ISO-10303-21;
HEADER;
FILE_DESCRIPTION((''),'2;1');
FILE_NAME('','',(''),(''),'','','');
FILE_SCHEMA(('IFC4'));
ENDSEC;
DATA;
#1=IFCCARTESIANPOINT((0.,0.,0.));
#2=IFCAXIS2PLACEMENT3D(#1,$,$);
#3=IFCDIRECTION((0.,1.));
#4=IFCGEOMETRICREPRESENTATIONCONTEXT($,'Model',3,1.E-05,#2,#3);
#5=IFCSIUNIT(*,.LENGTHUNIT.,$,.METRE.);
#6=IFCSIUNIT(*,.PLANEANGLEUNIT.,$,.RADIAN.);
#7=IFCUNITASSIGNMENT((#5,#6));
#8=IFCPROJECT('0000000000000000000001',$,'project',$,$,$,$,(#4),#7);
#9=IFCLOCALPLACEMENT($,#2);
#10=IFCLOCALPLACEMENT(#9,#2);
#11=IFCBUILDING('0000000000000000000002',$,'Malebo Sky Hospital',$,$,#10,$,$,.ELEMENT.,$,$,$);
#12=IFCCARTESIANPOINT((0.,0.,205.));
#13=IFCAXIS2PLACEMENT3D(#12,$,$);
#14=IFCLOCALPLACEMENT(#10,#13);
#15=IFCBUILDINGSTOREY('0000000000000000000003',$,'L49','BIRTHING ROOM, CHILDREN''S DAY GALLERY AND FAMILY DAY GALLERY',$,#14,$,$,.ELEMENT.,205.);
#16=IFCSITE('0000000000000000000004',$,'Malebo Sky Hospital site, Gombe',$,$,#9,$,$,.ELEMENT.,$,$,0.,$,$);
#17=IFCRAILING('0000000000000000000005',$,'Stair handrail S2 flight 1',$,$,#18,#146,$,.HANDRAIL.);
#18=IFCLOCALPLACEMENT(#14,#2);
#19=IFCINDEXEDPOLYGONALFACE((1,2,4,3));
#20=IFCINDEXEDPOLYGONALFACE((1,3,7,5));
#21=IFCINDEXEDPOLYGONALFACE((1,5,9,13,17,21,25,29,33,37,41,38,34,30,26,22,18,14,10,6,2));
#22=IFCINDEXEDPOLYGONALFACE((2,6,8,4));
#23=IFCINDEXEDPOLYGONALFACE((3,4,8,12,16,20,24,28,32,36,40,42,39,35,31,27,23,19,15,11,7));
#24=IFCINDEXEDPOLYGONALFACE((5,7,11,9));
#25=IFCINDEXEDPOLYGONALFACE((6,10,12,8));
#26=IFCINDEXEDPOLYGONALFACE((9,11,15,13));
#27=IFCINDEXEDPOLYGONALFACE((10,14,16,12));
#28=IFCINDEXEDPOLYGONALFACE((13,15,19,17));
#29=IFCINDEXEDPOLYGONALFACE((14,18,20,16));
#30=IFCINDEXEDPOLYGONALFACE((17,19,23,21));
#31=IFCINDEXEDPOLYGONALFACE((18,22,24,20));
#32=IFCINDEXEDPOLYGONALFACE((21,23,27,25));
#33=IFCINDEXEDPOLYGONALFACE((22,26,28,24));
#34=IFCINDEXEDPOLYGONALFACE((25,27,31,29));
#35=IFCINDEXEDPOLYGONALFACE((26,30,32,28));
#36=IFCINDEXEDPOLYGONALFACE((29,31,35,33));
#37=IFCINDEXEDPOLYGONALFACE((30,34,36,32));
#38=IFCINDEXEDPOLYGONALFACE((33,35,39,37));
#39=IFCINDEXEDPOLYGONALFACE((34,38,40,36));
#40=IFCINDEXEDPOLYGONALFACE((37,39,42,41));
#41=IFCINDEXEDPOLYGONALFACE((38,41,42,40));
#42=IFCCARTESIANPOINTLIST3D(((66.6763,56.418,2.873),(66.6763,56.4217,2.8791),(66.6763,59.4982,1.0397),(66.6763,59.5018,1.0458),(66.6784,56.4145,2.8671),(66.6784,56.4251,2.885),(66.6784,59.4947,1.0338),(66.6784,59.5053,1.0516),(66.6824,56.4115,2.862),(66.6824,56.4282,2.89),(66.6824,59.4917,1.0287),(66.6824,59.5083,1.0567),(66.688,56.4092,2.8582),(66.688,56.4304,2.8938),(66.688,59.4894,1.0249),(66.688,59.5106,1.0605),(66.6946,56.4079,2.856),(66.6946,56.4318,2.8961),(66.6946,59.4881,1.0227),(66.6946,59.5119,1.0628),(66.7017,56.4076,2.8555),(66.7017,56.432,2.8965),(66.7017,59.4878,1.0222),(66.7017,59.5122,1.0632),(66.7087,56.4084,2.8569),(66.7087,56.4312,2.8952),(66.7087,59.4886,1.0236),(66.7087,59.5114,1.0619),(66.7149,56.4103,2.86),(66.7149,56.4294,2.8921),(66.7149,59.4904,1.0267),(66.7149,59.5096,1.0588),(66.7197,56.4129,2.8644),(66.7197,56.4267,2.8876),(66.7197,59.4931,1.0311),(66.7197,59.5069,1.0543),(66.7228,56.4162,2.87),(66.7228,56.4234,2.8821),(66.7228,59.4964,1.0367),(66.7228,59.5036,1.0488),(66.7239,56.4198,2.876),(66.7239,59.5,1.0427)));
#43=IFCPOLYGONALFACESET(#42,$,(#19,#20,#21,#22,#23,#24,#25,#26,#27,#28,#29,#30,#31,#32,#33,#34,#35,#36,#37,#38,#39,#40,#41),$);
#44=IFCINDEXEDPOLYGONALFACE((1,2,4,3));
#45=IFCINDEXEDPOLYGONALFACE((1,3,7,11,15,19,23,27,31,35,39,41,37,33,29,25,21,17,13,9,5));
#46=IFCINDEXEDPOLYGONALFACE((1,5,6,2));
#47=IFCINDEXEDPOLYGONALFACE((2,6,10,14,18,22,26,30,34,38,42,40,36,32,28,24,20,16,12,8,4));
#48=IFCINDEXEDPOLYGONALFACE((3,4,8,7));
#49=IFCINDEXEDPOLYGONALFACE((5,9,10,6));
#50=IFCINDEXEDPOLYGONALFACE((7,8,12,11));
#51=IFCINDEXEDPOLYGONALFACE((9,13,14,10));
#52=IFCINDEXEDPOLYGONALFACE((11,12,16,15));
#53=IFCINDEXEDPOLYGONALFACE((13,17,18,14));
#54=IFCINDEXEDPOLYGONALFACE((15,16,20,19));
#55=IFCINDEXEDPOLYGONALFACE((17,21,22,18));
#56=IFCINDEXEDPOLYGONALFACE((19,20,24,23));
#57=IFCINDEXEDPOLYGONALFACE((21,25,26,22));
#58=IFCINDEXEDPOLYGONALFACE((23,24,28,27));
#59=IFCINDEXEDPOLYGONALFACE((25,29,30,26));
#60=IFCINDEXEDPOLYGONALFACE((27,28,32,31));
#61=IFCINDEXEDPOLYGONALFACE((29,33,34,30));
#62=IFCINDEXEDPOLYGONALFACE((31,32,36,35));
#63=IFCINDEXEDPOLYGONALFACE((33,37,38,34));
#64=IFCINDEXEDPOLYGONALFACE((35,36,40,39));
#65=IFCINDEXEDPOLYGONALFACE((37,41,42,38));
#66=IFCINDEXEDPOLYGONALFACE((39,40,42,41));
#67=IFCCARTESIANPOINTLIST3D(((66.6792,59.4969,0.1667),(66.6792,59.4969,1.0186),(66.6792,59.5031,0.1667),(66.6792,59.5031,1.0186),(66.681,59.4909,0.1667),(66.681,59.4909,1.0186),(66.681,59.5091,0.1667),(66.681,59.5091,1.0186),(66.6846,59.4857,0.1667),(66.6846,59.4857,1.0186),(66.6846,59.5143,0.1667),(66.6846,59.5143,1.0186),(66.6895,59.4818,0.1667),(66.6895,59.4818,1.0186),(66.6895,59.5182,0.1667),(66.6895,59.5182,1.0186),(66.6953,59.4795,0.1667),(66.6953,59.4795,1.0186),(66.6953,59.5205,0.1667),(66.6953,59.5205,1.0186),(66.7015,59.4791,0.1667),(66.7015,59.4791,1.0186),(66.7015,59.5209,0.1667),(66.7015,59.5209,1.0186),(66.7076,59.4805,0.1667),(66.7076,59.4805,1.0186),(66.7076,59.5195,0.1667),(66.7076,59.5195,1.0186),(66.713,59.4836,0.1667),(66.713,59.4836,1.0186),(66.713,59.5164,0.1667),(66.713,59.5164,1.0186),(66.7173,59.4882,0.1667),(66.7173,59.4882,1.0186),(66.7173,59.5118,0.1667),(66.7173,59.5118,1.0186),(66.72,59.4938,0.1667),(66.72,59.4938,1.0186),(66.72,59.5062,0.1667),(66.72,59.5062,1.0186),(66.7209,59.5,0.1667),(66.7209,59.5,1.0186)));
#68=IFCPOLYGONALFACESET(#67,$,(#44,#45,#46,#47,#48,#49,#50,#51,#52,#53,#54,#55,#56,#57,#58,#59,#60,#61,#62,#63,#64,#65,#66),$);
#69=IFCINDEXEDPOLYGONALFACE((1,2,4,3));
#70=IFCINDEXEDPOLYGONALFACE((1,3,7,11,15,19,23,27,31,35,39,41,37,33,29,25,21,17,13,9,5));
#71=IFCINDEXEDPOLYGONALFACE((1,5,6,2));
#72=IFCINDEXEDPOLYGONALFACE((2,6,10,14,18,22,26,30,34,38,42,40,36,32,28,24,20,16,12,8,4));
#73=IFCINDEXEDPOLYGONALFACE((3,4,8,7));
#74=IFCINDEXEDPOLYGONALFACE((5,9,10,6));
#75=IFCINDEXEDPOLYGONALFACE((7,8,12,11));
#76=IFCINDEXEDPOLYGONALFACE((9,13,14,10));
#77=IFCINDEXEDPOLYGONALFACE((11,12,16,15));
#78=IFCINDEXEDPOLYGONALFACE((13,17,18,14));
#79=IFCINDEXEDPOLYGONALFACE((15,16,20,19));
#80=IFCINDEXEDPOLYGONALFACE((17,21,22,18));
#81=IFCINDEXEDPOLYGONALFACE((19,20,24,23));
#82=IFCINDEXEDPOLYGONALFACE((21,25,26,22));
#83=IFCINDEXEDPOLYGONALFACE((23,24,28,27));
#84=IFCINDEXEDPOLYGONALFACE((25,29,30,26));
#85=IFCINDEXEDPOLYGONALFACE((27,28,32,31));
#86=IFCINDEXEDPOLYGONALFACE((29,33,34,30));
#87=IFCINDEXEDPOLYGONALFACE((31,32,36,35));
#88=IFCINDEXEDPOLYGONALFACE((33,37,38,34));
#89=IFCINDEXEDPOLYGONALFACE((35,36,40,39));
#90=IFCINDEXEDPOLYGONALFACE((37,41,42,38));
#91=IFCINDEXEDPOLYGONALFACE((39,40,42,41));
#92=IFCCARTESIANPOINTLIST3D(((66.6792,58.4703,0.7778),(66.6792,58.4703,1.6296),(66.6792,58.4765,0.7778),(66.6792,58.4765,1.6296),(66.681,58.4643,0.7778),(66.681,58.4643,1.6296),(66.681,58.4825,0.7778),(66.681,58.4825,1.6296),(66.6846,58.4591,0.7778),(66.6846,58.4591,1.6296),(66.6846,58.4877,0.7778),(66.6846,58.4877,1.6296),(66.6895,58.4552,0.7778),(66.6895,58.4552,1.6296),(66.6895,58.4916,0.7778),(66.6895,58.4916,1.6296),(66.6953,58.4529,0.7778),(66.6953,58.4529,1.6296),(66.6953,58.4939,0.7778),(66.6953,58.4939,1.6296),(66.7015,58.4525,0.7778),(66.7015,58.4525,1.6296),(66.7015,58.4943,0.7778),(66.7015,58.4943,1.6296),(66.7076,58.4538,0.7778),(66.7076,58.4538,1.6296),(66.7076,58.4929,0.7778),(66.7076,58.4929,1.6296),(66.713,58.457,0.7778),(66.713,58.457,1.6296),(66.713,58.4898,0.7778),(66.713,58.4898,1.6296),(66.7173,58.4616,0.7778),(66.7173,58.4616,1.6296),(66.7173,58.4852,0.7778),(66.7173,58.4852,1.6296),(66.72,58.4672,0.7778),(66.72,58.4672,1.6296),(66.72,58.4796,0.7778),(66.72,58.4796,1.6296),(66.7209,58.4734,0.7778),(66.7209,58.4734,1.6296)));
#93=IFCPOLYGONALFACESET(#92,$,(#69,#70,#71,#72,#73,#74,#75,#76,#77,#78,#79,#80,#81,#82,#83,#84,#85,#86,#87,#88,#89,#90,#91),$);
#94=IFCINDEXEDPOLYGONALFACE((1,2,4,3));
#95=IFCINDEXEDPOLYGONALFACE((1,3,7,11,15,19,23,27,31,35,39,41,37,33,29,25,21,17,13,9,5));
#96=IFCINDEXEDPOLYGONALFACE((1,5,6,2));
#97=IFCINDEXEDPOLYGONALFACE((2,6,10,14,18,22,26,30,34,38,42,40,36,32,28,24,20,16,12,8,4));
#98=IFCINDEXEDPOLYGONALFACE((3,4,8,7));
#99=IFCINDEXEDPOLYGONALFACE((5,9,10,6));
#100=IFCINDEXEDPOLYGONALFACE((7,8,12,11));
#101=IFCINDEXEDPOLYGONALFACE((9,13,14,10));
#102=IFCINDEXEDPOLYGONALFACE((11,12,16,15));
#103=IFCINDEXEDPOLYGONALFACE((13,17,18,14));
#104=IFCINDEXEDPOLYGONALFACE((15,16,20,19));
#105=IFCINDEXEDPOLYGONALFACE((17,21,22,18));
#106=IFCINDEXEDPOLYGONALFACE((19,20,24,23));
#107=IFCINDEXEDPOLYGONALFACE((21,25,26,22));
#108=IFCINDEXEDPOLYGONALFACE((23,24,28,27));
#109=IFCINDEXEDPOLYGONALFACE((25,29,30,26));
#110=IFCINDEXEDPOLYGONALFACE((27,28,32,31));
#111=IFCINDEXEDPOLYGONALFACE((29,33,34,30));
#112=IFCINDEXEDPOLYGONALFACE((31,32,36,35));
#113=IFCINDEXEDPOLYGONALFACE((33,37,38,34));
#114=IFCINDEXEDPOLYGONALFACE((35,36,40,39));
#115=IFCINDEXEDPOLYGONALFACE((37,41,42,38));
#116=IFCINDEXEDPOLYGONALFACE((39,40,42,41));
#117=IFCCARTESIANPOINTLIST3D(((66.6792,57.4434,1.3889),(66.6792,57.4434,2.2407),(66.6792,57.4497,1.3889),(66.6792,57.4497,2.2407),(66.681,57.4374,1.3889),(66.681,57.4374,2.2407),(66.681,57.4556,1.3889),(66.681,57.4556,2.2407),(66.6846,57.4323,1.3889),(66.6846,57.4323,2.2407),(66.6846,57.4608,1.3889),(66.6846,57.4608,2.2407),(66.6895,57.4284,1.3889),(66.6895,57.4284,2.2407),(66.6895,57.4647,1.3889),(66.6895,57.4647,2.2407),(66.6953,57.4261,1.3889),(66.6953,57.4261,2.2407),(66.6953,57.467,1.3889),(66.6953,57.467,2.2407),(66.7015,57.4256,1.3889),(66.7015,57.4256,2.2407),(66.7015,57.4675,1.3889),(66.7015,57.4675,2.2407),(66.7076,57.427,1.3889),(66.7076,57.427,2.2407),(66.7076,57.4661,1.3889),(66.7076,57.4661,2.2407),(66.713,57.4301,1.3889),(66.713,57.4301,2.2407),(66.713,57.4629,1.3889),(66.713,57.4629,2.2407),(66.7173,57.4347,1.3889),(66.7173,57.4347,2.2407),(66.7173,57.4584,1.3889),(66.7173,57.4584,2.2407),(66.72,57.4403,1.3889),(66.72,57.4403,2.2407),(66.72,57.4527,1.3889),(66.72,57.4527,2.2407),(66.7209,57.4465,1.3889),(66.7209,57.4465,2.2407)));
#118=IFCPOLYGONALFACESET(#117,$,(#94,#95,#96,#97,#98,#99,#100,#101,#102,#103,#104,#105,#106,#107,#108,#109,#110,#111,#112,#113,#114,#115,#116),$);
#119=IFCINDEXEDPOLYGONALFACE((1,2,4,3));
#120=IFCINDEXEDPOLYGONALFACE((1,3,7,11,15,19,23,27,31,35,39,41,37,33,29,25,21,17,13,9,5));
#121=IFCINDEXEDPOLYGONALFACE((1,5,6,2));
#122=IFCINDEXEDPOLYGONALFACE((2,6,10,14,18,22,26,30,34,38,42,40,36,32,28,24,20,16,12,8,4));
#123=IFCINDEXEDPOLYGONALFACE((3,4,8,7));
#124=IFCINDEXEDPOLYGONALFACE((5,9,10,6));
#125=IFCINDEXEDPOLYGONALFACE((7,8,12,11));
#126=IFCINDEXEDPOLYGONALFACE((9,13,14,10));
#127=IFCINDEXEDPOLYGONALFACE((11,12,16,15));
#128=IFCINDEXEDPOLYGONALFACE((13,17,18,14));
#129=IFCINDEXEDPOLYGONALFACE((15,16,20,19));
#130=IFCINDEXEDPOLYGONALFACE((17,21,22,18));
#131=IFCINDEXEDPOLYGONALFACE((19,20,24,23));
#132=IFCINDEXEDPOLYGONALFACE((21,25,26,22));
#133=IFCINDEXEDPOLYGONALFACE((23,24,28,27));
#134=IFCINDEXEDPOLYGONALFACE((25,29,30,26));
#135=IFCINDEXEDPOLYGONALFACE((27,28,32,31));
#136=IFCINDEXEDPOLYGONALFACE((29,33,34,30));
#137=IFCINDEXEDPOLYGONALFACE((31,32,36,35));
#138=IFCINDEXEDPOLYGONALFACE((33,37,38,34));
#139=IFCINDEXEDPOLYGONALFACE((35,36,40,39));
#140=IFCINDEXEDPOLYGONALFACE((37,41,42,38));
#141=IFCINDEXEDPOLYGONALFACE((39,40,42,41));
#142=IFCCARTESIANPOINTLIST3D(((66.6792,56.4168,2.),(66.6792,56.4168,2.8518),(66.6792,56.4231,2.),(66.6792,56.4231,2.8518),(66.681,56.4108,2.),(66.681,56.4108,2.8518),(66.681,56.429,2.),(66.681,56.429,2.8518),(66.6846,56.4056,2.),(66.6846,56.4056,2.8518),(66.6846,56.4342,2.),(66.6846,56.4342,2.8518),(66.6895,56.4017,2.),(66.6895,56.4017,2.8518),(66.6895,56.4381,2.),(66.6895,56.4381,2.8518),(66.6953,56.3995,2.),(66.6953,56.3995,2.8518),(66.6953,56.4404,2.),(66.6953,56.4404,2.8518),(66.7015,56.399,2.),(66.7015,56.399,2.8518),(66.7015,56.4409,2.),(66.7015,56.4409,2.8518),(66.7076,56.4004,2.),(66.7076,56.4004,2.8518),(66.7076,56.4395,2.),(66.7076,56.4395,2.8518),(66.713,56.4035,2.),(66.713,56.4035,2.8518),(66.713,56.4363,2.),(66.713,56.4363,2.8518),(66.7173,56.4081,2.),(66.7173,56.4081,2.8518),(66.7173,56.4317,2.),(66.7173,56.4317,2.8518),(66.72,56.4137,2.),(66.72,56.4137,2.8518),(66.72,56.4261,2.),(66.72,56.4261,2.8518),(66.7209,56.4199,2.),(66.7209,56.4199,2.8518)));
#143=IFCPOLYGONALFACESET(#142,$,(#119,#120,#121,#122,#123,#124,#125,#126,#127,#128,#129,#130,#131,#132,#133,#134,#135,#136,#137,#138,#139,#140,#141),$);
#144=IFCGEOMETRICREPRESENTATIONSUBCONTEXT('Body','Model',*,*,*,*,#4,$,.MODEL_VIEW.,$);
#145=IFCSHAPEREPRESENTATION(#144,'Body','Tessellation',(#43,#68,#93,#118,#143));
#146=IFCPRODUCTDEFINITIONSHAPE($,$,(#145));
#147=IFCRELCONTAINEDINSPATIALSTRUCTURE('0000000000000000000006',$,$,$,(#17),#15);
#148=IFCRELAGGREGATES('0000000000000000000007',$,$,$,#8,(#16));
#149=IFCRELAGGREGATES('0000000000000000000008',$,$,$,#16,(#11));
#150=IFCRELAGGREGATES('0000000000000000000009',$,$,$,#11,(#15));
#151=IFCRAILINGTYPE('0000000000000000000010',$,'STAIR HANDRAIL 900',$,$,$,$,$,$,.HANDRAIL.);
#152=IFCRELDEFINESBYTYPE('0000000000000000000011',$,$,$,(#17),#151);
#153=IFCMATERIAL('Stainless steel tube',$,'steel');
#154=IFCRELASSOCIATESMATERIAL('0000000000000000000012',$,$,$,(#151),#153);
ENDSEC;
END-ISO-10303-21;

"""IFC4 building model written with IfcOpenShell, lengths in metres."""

from ifc_helpers import new_model, si_unit, direction, frame, origin, origin_2d, place, context, subcontext, project, spatial, circle, extrude, material, type_object, element, save


model = new_model("IFC4")

# Units and contexts
model_context = context("Model", 3, precision=1e-05, world=origin(), true_north=direction((0.0, 1.0)))
body_context = subcontext(model_context, "Body", "Model", "MODEL_VIEW")
ifc_project = project(units=[si_unit("LENGTHUNIT", "METRE"), si_unit("PLANEANGLEUNIT", "RADIAN")], contexts=[model_context])

# Site, building, storey
site_placement = place(None, origin())
site = spatial("IfcSite", under=ifc_project, at=site_placement, Name="Malebo Sky Hospital site, Gombe", CompositionType="ELEMENT", RefElevation=0.0)
building_placement = place(site_placement, origin())
building = spatial("IfcBuilding", under=site, at=building_placement, Name="Malebo Sky Hospital", CompositionType="ELEMENT")
storey_placement = place(building_placement, frame((0.0, 0.0, 205.0)))
storey = spatial("IfcBuildingStorey", under=building, at=storey_placement, Name="L49", Description="BIRTHING ROOM, CHILDREN'S DAY GALLERY AND FAMILY DAY GALLERY", CompositionType="ELEMENT", Elevation=205.0)

# Railing
ifc_material_1 = material(Name="Stainless steel tube", Category="steel")
railing_type = type_object("IfcRailingType", Name="STAIR HANDRAIL 900", PredefinedType="HANDRAIL", material=ifc_material_1)
railing_1_placement = place(storey_placement, frame((66.7, 59.5, 0.1667)))
element("IfcRailing", 1, at=railing_1_placement, inside=storey, type_object=railing_type, Name="Stair handrail S2 flight 1", PredefinedType="HANDRAIL", context=body_context, shape_type="SweptSolid", body=[
    extrude(circle(Radius=0.0239, at=origin_2d()), frame((0.0, 0.0, 0.876), z_axis=(0.0, -0.859309, 0.511458), x_axis=(1.0, 0.0, 0.0)), (0.0, 0.0, 1.0), 3.5845),
    extrude(circle(Radius=0.021, at=origin_2d()), origin(), (0.0, 0.0, 1.0), 0.8518),
    extrude(circle(Radius=0.021, at=origin_2d()), frame((0.0, -1.0266, 0.6111)), (0.0, 0.0, 1.0), 0.8518),
    extrude(circle(Radius=0.021, at=origin_2d()), frame((0.0, -2.0535, 1.2222)), (0.0, 0.0, 1.0), 0.8518),
    extrude(circle(Radius=0.021, at=origin_2d()), frame((0.0, -3.0801, 1.8333)), (0.0, 0.0, 1.0), 0.8518),
])

save(model, "model.ifc")
